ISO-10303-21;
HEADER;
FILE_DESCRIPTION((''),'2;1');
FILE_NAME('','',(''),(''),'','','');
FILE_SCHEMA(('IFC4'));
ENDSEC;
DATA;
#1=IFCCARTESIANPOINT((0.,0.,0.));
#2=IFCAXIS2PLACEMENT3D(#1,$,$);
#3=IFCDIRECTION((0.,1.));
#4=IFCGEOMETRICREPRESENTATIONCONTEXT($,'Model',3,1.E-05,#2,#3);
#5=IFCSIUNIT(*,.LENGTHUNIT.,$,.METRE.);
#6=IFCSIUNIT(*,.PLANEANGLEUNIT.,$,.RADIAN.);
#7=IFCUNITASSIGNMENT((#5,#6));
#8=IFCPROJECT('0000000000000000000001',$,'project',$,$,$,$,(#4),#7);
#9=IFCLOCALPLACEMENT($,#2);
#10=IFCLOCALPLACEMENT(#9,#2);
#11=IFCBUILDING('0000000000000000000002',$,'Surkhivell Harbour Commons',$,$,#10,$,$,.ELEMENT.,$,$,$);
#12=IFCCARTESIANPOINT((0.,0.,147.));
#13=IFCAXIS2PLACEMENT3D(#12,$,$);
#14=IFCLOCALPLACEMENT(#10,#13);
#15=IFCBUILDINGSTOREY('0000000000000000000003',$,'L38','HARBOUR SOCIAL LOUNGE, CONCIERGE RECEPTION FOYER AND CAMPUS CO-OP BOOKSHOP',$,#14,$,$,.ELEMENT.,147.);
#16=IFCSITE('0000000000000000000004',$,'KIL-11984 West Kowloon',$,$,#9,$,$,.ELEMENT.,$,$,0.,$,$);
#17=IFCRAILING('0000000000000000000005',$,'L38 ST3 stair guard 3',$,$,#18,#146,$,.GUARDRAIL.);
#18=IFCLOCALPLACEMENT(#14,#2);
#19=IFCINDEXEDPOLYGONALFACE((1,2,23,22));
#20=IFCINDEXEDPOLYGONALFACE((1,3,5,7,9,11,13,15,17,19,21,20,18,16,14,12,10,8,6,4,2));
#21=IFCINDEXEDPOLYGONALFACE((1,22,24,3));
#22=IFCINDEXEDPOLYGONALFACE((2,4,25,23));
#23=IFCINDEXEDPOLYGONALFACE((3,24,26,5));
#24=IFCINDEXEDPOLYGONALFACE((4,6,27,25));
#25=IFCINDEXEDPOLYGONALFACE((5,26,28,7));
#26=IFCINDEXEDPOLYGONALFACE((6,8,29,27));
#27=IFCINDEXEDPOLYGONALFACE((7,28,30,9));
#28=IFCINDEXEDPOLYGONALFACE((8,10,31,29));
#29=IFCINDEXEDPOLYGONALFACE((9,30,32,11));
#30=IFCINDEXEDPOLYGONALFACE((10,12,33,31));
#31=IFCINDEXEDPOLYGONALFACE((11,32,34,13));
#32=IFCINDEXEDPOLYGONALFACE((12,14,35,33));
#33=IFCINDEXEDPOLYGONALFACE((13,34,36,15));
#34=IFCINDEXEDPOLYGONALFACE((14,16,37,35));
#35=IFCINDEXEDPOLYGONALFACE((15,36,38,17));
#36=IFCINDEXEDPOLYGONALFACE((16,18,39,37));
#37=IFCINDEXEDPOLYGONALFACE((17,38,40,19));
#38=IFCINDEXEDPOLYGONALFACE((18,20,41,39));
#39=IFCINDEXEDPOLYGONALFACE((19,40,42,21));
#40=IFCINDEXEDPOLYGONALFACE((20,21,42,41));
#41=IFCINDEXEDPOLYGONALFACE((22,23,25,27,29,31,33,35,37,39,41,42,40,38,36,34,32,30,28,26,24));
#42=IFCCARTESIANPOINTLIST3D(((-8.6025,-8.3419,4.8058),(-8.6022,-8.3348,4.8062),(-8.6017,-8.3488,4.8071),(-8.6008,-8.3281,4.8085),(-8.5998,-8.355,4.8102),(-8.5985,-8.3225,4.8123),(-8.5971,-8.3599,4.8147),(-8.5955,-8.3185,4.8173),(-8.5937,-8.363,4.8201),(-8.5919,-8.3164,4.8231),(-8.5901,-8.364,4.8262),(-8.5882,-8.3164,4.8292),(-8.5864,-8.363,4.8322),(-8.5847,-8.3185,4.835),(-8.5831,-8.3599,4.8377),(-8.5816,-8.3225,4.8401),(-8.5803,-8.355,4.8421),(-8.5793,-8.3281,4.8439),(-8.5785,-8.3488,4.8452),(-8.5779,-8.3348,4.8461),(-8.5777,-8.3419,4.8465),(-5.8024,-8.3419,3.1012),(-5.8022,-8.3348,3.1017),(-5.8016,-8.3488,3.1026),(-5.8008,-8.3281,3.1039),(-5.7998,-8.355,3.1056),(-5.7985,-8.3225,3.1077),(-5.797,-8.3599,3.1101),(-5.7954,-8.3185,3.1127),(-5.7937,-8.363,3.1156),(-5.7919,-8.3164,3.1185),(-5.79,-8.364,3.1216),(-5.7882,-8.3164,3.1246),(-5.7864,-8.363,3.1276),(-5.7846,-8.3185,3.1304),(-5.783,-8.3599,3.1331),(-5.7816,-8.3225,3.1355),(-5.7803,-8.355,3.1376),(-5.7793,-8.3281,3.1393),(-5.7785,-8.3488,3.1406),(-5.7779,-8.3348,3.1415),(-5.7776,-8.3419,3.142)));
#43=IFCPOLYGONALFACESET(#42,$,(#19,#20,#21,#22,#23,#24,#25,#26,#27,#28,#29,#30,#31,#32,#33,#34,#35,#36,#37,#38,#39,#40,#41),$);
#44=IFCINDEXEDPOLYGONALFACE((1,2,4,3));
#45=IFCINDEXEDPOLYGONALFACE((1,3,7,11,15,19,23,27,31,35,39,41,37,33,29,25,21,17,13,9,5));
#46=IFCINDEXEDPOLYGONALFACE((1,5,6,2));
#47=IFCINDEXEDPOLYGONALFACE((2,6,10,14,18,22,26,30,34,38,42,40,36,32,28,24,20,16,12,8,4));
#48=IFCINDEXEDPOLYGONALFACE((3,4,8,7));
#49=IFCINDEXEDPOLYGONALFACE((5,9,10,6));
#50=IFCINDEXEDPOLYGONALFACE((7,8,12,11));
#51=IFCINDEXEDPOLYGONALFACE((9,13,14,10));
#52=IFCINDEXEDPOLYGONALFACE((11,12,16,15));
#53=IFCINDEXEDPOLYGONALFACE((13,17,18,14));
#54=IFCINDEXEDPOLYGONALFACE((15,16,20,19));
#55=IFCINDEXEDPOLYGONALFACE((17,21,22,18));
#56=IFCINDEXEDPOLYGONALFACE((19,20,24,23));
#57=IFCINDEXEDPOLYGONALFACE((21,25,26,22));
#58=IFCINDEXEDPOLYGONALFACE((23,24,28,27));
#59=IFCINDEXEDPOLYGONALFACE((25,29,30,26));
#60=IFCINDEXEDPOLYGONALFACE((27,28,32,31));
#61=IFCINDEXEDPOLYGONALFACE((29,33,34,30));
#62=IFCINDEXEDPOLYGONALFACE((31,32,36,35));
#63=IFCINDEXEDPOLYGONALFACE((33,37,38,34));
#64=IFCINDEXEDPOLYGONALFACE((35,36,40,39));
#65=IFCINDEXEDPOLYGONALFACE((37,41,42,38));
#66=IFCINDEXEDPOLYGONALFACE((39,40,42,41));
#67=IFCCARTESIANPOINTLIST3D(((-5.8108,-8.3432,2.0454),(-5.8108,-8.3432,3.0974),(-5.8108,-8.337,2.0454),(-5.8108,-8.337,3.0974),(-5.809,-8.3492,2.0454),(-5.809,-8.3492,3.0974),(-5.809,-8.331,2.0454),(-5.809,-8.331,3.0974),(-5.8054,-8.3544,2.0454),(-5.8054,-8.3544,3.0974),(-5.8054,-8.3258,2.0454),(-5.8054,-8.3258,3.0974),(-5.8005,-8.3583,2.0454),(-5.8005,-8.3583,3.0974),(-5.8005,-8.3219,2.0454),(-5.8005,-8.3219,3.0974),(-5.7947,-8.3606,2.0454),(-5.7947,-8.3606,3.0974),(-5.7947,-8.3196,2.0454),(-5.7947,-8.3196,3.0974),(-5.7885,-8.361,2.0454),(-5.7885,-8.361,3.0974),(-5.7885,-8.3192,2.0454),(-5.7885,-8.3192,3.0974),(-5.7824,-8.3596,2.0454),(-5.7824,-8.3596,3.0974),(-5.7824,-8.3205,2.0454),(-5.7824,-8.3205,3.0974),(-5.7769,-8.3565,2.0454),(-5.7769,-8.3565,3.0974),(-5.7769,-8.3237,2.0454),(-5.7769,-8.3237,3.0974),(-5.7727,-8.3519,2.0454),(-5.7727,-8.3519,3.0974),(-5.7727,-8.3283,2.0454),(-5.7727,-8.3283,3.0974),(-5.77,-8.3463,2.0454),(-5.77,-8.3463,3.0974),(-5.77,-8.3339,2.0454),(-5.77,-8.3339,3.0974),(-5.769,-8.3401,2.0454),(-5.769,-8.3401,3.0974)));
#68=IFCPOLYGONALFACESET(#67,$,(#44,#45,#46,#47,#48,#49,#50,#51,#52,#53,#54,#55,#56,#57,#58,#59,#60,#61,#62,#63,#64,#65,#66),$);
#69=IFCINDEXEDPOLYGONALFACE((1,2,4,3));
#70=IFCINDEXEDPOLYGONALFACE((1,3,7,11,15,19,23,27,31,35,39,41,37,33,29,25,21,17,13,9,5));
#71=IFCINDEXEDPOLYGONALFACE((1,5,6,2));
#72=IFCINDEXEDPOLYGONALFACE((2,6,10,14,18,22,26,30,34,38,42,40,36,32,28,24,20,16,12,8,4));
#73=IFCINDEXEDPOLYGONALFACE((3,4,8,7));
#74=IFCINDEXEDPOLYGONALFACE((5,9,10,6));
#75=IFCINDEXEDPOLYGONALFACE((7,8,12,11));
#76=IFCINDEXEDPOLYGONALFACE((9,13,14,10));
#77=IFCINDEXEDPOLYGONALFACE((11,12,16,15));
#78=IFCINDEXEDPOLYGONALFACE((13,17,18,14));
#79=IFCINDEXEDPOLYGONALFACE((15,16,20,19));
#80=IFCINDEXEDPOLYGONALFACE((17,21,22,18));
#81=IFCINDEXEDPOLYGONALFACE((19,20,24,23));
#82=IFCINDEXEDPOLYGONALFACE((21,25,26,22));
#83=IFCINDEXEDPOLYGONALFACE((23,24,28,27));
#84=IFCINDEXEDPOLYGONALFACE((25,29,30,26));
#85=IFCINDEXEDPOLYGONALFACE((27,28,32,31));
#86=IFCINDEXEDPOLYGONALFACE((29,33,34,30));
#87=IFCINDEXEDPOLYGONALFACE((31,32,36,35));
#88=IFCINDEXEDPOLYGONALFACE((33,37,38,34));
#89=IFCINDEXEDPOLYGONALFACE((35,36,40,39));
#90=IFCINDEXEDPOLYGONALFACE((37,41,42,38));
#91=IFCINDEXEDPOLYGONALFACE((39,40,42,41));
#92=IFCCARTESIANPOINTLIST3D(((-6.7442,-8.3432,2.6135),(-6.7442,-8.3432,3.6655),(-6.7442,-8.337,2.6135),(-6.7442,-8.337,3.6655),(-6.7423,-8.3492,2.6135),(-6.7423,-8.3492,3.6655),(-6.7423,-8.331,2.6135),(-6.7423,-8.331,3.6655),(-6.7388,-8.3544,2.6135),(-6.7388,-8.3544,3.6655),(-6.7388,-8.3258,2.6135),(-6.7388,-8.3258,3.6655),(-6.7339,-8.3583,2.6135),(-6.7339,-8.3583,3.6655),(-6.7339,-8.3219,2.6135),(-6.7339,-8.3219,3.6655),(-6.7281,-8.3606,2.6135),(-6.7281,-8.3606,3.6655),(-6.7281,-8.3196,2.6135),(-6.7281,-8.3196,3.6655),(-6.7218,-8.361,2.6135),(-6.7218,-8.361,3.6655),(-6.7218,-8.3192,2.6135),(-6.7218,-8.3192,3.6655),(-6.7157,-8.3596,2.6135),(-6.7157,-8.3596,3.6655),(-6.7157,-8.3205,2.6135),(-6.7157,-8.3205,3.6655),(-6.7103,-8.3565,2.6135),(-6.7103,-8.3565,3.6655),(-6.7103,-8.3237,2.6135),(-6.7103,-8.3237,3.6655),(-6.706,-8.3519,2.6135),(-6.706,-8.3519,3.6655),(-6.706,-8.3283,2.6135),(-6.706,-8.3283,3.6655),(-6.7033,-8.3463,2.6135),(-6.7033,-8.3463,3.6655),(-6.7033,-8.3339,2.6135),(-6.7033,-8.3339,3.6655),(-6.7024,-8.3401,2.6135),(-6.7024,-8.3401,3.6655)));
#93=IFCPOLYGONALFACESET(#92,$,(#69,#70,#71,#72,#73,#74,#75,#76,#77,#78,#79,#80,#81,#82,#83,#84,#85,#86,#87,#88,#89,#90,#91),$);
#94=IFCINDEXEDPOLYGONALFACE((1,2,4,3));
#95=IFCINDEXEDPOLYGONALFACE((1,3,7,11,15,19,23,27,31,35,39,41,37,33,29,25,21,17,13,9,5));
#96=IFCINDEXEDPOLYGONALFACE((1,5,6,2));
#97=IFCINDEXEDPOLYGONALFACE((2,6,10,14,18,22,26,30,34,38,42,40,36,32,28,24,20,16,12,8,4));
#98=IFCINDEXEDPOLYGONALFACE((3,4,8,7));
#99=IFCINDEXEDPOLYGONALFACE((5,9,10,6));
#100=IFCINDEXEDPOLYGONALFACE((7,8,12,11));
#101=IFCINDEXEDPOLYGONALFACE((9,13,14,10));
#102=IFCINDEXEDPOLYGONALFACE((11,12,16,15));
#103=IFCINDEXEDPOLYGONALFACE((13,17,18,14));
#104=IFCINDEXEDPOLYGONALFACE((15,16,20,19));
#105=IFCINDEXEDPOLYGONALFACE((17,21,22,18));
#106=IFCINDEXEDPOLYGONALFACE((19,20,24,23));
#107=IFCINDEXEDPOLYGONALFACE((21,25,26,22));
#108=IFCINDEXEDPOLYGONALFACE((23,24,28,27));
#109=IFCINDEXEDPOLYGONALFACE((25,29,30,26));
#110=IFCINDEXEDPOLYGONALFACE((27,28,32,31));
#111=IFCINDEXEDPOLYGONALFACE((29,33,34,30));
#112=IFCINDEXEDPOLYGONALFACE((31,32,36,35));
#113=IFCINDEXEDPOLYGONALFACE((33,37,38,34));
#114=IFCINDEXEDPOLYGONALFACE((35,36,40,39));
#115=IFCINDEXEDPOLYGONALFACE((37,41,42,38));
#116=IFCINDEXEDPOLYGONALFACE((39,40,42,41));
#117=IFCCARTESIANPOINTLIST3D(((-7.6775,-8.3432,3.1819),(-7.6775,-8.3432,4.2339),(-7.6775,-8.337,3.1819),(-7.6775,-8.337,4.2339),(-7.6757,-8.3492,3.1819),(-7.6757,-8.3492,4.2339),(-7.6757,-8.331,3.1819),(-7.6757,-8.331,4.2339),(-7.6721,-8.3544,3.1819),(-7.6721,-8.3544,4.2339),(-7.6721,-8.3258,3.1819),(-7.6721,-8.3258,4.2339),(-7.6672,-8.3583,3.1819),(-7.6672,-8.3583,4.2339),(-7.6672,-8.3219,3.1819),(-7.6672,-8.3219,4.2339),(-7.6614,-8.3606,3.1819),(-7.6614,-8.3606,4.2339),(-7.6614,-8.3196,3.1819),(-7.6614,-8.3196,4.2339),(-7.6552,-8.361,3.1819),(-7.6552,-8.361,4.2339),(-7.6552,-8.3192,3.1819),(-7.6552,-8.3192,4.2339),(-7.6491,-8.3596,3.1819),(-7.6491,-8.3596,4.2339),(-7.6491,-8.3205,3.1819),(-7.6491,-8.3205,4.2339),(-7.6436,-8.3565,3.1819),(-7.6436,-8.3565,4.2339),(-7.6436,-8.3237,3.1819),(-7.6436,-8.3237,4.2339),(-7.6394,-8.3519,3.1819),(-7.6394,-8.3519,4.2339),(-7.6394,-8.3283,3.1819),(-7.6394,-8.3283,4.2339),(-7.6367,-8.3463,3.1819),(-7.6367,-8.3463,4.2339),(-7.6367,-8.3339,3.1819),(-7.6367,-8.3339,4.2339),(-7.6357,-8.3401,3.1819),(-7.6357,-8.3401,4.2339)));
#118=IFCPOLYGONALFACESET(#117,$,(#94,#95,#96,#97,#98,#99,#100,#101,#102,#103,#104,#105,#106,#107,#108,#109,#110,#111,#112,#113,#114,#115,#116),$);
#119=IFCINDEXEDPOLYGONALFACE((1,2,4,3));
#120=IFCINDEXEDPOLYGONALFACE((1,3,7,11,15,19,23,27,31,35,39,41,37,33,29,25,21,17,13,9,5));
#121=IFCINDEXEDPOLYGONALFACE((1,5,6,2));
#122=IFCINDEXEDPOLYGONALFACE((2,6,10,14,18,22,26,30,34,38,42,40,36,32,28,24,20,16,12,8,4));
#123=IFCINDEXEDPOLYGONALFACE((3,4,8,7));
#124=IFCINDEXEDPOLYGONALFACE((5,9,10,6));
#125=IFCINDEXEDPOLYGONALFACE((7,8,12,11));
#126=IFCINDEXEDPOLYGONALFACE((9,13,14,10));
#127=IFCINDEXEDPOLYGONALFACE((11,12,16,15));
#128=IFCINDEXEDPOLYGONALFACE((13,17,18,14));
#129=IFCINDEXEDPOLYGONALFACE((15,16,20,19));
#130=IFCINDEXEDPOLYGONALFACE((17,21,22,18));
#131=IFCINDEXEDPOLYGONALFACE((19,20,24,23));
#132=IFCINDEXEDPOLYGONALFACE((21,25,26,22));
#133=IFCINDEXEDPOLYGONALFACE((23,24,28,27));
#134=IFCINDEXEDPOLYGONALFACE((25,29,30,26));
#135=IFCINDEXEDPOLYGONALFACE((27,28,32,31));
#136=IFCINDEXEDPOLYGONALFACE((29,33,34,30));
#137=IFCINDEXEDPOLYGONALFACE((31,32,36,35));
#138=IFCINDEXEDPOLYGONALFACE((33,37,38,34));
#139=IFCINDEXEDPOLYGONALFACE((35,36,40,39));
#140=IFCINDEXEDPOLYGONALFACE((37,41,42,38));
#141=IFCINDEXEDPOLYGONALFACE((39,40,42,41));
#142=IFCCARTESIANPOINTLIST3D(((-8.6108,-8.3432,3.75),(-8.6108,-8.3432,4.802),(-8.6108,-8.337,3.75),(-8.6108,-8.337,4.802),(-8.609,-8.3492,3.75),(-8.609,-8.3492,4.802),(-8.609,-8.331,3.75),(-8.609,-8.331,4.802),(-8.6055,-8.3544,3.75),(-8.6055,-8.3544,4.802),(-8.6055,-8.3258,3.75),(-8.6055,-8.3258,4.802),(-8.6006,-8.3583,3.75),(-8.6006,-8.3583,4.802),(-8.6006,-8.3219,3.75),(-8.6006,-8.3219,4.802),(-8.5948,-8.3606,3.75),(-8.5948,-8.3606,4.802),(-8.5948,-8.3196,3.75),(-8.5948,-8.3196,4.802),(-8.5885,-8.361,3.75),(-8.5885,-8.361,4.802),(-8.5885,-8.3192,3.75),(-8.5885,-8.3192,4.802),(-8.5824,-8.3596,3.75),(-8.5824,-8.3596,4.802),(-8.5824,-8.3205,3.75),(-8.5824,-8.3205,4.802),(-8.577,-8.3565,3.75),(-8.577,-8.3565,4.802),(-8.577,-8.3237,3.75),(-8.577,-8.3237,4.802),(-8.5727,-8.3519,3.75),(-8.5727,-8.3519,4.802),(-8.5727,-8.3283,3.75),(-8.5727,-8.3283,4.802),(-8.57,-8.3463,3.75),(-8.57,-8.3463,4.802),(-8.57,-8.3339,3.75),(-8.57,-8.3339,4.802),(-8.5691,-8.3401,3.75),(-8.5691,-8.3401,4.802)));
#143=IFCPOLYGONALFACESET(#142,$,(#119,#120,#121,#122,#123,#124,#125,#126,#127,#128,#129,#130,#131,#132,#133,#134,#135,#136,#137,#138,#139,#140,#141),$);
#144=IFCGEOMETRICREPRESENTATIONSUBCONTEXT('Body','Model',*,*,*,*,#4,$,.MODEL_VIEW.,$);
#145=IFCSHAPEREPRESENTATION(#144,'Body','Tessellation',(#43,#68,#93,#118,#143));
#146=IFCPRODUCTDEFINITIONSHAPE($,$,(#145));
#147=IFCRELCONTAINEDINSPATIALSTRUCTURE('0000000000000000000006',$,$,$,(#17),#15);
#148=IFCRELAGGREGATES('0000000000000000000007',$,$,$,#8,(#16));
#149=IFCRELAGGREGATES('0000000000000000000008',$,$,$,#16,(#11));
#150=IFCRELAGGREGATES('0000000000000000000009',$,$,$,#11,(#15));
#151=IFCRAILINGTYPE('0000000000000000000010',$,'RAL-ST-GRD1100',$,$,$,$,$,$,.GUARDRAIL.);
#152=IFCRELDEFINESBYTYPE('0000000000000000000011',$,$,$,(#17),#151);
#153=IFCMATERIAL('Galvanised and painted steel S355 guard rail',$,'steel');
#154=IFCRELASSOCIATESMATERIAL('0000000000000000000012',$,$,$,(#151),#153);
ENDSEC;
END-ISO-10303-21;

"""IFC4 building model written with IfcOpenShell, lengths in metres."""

from ifc_helpers import new_model, si_unit, direction, frame, origin, origin_2d, place, context, subcontext, project, spatial, circle, extrude, material, type_object, element, save


model = new_model("IFC4")

# Units and contexts
model_context = context("Model", 3, precision=1e-05, world=origin(), true_north=direction((0.0, 1.0)))
body_context = subcontext(model_context, "Body", "Model", "MODEL_VIEW")
ifc_project = project(units=[si_unit("LENGTHUNIT", "METRE"), si_unit("PLANEANGLEUNIT", "RADIAN")], contexts=[model_context])

# Site, building, storey
site_placement = place(None, origin())
site = spatial("IfcSite", under=ifc_project, at=site_placement, Name="KIL-11984 West Kowloon", CompositionType="ELEMENT", RefElevation=0.0)
building_placement = place(site_placement, origin())
building = spatial("IfcBuilding", under=site, at=building_placement, Name="Surkhivell Harbour Commons", CompositionType="ELEMENT")
storey_placement = place(building_placement, frame((0.0, 0.0, 147.0)))
storey = spatial("IfcBuildingStorey", under=building, at=storey_placement, Name="L38", Description="HARBOUR SOCIAL LOUNGE, CONCIERGE RECEPTION FOYER AND CAMPUS CO-OP BOOKSHOP", CompositionType="ELEMENT", Elevation=147.0)

# Railing
ifc_material_1 = material(Name="Galvanised and painted steel S355 guard rail", Category="steel")
railing_type_1 = type_object("IfcRailingType", Name="RAL-ST-GRD1100", PredefinedType="GUARDRAIL", material=ifc_material_1)
railing_1_placement = place(storey_placement, frame((-5.79, -8.3401, 2.0454)))
element("IfcRailing", 1, at=railing_1_placement, inside=storey, type_object=railing_type_1, Name="L38 ST3 stair guard 3", PredefinedType="GUARDRAIL", context=body_context, shape_type="SweptSolid", body=[
    extrude(circle(Radius=0.0239, at=origin_2d()), frame((0.0, 0.0, 1.0762), z_axis=(-0.85417, 0.0, 0.519994), x_axis=(0.0, -1.0, 0.0)), (0.0, 0.0, 1.0), 3.2781),
    extrude(circle(Radius=0.021, at=origin_2d()), origin(), (0.0, 0.0, 1.0), 1.052),
    extrude(circle(Radius=0.021, at=origin_2d()), frame((-0.9333, 0.0, 0.5681)), (0.0, 0.0, 1.0), 1.052),
    extrude(circle(Radius=0.021, at=origin_2d()), frame((-1.8667, 0.0, 1.1365)), (0.0, 0.0, 1.0), 1.052),
    extrude(circle(Radius=0.021, at=origin_2d()), frame((-2.8, 0.0, 1.7046)), (0.0, 0.0, 1.0), 1.052),
])

save(model, "model.ifc")
